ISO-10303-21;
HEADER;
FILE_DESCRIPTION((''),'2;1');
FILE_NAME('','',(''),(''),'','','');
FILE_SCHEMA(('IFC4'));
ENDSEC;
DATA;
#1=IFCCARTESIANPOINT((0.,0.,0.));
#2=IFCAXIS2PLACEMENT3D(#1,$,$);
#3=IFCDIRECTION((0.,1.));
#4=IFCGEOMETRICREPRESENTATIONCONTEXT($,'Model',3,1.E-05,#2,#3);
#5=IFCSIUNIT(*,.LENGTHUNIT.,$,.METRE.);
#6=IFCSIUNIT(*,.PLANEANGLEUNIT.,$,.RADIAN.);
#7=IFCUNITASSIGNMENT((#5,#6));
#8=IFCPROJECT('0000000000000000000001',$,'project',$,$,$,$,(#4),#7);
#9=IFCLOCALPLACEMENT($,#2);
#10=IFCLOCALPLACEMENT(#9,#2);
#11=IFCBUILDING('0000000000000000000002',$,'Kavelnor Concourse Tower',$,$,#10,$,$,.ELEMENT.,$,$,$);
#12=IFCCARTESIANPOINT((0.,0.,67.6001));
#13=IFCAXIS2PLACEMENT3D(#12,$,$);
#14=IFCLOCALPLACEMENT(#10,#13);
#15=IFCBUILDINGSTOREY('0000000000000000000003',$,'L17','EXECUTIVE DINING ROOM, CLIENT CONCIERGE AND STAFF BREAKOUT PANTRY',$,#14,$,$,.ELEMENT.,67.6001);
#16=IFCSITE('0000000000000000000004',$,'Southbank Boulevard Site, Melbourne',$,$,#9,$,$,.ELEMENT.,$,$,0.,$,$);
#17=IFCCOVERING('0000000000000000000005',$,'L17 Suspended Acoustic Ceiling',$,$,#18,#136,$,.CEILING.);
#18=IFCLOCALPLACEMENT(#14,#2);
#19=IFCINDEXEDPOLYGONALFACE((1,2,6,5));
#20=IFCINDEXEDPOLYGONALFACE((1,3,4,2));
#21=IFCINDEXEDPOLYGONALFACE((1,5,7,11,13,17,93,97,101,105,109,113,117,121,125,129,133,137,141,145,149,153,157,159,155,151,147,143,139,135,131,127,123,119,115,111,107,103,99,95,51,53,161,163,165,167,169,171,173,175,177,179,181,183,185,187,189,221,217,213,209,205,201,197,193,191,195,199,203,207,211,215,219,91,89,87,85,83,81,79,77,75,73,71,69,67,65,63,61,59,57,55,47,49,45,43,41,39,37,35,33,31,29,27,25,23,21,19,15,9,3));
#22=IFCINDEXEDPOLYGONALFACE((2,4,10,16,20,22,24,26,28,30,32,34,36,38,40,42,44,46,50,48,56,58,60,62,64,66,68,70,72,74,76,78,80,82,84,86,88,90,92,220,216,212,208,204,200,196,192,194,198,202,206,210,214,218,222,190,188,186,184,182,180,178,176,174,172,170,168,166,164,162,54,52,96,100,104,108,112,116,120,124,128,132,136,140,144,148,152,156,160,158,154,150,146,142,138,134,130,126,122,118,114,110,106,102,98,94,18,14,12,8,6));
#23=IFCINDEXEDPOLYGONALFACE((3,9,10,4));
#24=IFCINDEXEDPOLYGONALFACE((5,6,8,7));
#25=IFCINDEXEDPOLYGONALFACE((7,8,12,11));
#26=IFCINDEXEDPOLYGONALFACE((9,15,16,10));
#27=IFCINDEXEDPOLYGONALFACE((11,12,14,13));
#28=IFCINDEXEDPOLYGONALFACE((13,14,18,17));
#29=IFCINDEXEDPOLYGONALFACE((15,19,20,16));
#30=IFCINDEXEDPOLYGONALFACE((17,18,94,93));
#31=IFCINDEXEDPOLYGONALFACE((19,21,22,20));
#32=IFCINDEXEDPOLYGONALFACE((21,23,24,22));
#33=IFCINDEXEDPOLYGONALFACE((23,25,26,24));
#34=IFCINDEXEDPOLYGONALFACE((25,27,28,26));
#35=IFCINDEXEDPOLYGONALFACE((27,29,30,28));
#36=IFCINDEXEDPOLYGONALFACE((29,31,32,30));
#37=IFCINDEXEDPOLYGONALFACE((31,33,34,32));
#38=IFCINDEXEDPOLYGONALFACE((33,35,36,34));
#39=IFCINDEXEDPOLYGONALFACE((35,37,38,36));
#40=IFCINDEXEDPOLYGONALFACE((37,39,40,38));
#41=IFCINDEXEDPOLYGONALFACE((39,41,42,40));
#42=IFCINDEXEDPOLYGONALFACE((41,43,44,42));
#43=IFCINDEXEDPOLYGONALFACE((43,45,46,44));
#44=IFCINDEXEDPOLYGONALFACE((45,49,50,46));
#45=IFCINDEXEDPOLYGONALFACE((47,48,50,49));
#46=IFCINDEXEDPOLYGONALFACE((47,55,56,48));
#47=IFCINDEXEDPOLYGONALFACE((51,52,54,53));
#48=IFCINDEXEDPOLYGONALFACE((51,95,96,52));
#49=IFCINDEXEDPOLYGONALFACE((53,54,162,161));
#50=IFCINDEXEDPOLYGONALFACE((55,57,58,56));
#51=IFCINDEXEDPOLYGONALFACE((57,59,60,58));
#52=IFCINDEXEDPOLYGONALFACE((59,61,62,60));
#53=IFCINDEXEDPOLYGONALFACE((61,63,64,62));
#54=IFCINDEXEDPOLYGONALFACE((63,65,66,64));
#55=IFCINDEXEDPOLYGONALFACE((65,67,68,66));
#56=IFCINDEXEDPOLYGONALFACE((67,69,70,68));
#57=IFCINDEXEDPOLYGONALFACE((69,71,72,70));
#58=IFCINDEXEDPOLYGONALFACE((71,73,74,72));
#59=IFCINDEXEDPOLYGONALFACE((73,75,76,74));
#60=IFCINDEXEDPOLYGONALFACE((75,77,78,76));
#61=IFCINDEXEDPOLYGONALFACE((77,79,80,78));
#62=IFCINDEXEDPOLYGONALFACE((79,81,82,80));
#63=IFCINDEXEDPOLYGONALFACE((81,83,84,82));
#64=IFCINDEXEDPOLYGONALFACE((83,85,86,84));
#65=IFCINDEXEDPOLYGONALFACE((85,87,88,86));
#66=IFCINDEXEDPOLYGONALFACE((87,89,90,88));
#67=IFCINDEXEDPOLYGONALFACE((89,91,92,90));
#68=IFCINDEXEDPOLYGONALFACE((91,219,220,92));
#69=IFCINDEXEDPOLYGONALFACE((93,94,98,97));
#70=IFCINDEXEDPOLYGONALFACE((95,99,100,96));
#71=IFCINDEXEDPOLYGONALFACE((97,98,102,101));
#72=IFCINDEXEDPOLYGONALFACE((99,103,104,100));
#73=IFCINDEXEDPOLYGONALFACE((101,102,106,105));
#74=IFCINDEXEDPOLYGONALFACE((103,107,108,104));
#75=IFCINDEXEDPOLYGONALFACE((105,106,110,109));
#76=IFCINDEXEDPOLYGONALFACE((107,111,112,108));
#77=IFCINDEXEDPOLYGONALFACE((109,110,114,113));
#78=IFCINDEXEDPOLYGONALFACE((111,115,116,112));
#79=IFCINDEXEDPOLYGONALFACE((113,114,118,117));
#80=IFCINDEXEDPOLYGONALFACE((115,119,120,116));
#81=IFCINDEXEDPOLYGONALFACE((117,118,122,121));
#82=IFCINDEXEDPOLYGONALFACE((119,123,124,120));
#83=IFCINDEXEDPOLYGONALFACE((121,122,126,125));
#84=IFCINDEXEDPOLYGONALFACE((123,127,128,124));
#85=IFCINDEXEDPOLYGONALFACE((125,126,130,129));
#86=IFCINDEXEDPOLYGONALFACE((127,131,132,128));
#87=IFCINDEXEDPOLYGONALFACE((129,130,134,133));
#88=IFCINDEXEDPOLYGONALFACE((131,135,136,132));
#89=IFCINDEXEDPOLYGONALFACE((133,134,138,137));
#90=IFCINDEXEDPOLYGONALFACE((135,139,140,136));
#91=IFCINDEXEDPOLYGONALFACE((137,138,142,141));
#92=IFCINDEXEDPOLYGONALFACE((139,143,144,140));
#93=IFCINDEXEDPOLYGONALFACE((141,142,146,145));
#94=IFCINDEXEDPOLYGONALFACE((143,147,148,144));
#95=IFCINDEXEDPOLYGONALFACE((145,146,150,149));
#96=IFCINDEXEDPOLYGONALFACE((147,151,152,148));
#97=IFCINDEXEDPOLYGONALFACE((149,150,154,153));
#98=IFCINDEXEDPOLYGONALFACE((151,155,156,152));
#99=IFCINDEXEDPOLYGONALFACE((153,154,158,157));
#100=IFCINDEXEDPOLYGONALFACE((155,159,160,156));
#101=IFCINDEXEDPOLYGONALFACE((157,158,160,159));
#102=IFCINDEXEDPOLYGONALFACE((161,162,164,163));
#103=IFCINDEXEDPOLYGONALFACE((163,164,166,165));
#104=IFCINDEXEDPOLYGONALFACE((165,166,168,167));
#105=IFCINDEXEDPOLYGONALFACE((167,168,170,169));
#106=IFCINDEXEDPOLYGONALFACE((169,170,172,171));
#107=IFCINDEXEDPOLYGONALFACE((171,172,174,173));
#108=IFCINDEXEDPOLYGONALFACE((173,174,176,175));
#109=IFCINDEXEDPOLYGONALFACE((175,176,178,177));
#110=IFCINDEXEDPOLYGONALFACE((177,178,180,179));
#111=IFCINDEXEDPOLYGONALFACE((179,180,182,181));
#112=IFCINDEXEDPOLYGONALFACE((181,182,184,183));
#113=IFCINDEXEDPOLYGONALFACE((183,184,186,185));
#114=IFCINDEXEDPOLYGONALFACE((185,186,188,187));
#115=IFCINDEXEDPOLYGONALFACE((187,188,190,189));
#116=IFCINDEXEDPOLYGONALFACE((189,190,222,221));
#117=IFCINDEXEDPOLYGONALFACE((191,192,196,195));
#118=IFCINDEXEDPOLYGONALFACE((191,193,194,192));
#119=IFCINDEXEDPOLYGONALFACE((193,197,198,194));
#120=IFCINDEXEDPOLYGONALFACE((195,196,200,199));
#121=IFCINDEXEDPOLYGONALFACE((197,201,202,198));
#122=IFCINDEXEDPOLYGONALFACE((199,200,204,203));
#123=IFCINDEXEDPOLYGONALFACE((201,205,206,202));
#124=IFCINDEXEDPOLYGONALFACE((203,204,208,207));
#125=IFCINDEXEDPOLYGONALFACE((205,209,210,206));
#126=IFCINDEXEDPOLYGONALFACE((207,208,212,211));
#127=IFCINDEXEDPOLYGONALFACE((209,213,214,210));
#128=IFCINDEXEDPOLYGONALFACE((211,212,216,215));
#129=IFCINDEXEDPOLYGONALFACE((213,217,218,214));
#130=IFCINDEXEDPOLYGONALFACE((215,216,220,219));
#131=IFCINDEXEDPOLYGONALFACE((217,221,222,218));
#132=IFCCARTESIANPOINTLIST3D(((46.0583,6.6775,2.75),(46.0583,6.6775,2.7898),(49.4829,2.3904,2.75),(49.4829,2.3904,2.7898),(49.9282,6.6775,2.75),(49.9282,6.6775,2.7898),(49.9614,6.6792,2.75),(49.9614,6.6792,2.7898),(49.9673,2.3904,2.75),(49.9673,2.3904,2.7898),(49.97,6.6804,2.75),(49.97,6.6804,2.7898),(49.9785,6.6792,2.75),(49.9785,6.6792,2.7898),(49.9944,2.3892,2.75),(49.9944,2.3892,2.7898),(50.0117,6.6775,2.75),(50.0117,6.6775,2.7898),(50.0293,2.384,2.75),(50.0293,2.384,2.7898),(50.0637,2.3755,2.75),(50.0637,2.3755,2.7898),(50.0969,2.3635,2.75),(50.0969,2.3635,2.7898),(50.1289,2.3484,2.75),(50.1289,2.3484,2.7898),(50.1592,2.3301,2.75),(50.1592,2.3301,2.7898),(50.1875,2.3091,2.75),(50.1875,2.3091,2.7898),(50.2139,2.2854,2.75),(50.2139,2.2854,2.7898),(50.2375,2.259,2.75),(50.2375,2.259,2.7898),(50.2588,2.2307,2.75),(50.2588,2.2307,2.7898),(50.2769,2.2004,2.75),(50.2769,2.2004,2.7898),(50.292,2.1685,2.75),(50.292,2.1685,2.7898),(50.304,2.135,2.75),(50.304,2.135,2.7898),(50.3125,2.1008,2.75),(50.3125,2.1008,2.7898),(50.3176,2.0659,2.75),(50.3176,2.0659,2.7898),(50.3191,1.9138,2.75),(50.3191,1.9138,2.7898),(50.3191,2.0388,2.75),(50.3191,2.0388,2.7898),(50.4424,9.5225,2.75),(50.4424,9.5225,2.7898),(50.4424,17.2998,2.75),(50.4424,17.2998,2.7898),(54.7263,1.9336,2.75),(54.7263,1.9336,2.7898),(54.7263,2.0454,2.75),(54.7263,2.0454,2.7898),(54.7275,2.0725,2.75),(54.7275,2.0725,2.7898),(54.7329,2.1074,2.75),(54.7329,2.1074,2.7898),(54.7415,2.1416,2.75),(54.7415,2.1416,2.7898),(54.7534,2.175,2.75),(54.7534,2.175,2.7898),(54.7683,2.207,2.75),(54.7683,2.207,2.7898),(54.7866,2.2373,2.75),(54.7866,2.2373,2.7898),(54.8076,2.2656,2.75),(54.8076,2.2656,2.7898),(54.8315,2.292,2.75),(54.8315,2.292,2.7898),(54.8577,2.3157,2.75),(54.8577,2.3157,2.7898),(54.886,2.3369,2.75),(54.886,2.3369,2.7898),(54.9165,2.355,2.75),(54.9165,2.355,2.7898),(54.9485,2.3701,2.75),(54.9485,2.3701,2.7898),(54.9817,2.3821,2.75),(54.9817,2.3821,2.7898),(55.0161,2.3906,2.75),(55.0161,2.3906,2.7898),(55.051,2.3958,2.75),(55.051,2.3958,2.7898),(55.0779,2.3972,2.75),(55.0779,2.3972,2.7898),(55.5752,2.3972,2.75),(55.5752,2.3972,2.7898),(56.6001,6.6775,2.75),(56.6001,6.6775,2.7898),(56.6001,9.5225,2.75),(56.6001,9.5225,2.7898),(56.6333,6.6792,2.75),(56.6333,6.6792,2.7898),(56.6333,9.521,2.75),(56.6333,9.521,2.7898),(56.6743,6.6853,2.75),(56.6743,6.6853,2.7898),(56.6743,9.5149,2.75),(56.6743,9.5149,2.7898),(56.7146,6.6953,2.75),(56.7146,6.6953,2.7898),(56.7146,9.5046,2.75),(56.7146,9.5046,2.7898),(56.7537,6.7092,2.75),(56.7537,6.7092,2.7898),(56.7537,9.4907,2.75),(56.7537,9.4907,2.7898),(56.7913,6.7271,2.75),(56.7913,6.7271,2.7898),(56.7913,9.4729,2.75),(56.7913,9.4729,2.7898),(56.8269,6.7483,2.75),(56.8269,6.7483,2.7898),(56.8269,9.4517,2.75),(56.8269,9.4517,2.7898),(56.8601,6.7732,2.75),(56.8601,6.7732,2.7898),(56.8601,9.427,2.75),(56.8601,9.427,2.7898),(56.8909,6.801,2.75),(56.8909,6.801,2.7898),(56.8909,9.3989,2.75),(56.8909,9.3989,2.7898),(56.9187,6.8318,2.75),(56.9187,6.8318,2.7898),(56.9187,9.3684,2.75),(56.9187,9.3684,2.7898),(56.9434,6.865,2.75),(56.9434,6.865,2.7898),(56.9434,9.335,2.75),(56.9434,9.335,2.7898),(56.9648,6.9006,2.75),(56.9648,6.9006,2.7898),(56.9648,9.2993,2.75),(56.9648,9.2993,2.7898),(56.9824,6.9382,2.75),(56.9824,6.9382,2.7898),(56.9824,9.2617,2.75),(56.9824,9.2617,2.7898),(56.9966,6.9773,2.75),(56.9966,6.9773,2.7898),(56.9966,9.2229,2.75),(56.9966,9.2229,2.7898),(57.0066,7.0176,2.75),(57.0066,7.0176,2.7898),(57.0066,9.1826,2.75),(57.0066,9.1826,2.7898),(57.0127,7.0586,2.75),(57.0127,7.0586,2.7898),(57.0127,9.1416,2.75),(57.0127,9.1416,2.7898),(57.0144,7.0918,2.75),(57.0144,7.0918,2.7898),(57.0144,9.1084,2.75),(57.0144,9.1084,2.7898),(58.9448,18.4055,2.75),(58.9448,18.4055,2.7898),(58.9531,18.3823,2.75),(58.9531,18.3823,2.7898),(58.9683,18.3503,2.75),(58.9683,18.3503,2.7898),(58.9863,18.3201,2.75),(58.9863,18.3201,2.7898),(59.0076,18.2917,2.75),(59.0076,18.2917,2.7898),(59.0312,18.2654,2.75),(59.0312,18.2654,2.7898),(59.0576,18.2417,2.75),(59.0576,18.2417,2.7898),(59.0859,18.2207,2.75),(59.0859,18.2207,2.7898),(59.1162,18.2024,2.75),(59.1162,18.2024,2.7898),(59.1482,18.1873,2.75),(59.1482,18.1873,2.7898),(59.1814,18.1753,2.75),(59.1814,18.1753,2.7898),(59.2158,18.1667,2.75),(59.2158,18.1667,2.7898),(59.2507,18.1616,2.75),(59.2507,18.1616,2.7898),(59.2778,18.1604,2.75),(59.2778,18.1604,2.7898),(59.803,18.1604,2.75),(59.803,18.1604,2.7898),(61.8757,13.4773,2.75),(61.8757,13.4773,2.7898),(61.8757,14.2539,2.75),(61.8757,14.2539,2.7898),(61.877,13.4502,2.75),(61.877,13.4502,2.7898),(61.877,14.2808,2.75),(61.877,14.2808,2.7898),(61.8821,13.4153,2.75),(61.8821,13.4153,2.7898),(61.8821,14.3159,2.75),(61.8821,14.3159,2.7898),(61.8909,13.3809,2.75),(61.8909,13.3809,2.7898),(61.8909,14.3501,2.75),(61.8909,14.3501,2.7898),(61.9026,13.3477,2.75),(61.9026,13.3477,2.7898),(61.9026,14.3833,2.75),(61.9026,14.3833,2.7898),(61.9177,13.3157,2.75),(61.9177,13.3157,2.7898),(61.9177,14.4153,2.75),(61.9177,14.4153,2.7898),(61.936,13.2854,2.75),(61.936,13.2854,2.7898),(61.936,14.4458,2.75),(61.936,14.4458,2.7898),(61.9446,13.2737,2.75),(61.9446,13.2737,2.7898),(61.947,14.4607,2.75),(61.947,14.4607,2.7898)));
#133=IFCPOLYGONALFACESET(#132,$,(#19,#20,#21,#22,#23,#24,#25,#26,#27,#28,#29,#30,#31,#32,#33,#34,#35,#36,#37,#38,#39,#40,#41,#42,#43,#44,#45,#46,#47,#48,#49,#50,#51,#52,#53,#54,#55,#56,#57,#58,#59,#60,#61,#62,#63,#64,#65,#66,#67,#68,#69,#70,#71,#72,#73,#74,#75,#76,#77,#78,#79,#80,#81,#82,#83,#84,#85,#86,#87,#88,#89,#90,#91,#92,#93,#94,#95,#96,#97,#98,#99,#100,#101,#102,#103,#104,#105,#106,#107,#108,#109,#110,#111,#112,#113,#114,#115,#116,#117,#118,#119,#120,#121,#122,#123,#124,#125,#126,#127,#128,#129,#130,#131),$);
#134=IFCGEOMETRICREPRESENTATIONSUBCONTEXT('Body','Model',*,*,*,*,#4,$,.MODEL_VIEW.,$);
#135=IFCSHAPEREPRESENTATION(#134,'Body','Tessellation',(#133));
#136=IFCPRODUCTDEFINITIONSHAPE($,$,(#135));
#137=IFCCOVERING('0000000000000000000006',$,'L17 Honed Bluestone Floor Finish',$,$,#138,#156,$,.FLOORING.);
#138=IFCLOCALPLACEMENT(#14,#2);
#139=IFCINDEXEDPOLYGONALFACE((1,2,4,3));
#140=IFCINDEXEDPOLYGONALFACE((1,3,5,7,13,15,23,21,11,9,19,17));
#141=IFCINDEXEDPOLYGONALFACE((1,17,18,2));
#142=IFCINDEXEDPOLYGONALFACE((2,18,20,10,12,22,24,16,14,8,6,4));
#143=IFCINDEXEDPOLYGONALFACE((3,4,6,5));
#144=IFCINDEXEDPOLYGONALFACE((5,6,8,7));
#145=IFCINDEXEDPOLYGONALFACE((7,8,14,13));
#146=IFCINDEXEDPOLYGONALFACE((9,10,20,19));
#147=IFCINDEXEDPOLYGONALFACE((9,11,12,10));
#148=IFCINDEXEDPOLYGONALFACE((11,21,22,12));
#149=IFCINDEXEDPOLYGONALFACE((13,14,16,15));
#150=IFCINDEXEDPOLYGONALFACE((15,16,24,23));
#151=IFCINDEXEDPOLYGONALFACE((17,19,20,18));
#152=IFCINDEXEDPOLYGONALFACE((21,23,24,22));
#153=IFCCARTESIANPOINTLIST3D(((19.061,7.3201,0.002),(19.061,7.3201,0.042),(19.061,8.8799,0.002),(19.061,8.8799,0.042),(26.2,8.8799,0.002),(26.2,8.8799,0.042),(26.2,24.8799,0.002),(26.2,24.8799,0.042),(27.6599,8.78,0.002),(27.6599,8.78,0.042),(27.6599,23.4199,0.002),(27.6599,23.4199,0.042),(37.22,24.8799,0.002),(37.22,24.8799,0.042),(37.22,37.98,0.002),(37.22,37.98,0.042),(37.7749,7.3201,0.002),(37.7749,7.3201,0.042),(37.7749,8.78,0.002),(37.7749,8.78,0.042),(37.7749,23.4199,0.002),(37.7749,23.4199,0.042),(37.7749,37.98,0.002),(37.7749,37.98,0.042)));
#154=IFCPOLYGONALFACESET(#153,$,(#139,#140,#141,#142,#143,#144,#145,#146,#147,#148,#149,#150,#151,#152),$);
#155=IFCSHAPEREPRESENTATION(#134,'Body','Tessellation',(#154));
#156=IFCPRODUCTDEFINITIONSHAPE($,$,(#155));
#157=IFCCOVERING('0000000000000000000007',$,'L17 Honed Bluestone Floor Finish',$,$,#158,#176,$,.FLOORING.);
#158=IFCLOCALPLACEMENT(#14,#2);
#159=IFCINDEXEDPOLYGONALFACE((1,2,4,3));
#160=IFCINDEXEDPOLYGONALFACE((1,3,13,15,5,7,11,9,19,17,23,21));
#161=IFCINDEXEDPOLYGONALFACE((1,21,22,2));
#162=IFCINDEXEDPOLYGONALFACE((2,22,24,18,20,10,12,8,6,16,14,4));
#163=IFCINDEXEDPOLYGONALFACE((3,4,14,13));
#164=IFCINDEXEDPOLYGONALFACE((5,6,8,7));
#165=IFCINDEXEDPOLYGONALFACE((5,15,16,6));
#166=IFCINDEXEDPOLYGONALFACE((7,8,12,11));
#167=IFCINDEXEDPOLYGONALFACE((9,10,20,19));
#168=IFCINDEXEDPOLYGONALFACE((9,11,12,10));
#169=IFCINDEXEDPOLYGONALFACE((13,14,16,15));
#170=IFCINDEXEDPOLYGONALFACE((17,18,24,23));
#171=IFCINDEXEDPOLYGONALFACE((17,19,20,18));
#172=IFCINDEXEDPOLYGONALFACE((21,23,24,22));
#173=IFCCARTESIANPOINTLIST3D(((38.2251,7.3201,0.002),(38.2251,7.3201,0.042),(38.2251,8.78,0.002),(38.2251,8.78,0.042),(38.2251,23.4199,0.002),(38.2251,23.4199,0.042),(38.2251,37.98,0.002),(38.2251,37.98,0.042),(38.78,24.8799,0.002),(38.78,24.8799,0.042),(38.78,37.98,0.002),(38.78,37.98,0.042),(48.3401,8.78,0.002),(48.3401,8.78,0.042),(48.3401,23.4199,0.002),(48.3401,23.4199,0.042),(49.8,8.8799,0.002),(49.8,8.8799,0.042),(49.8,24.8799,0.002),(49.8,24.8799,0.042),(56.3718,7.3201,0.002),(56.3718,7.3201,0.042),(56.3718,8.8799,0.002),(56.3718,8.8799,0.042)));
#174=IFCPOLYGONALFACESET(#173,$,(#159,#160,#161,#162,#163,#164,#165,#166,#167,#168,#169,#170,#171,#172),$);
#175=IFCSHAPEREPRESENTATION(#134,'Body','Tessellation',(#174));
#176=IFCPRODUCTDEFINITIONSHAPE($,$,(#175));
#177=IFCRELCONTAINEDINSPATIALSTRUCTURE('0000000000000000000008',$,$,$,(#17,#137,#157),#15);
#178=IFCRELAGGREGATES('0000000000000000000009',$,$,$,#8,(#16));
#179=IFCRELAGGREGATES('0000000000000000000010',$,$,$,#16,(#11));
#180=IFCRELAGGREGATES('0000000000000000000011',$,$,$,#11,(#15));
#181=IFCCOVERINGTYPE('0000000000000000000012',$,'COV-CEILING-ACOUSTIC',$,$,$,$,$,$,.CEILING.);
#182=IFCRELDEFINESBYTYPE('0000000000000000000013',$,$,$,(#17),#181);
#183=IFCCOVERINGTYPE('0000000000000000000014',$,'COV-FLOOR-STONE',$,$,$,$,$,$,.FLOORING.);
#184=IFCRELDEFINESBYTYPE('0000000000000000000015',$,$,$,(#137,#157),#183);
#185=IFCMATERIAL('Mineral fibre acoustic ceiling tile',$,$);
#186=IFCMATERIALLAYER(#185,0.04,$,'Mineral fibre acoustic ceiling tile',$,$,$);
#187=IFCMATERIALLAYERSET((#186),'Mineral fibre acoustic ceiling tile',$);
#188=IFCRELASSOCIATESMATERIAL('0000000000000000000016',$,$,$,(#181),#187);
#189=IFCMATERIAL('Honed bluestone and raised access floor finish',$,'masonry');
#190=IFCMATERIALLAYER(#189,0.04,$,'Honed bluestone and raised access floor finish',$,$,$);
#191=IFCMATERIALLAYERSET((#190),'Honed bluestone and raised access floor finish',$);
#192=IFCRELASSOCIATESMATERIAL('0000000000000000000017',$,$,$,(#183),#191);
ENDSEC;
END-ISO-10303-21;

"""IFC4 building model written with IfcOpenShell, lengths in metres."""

from ifc_helpers import new_model, si_unit, direction, frame, origin, place, context, subcontext, project, spatial, polyline, outline, extrude, material, layer, layer_set, type_object, element, save


model = new_model("IFC4")

# Units and contexts
model_context = context("Model", 3, precision=1e-05, world=origin(), true_north=direction((0.0, 1.0)))
body_context = subcontext(model_context, "Body", "Model", "MODEL_VIEW")
ifc_project = project(units=[si_unit("LENGTHUNIT", "METRE"), si_unit("PLANEANGLEUNIT", "RADIAN")], contexts=[model_context])

# Site, building, storey
site_placement = place(None, origin())
site = spatial("IfcSite", under=ifc_project, at=site_placement, Name="Southbank Boulevard Site, Melbourne", CompositionType="ELEMENT", RefElevation=0.0)
building_placement = place(site_placement, origin())
building = spatial("IfcBuilding", under=site, at=building_placement, Name="Kavelnor Concourse Tower", CompositionType="ELEMENT")
storey_placement = place(building_placement, frame((0.0, 0.0, 67.6001)))
storey = spatial("IfcBuildingStorey", under=building, at=storey_placement, Name="L17", Description="EXECUTIVE DINING ROOM, CLIENT CONCIERGE AND STAFF BREAKOUT PANTRY", CompositionType="ELEMENT", Elevation=67.6001)

# Coverings
ifc_material_1 = material(Name="Mineral fibre acoustic ceiling tile")
ifc_layer_1 = layer(ifc_material_1, 0.04, Name="Mineral fibre acoustic ceiling tile")
ifc_layer_set_1 = layer_set([ifc_layer_1], Name="Mineral fibre acoustic ceiling tile")
covering_type_1 = type_object("IfcCoveringType", Name="COV-CEILING-ACOUSTIC", PredefinedType="CEILING", material=ifc_layer_set_1)
covering_1_placement = place(storey_placement, frame((0.0, 0.0, 2.75)))
element("IfcCovering", 1, at=covering_1_placement, inside=storey, type_object=covering_type_1, Name="L17 Suspended Acoustic Ceiling", PredefinedType="CEILING", context=body_context, shape_type="SweptSolid", body=[
    extrude(outline(polyline([(49.9785, 6.6792), (50.0117, 6.6775), (56.6001, 6.6775), (56.6333, 6.6792), (56.6743, 6.6853), (56.7146, 6.6953), (56.7537, 6.7092), (56.7913, 6.7271), (56.8269, 6.7483), (56.8601, 6.7732), (56.8909, 6.801), (56.9187, 6.8318), (56.9434, 6.865), (56.9648, 6.9006), (56.9824, 6.9382), (56.9966, 6.9773), (57.0066, 7.0176), (57.0127, 7.0586), (57.0144, 7.0918), (57.0144, 9.1084), (57.0127, 9.1416), (57.0066, 9.1826), (56.9966, 9.2229), (56.9824, 9.2617), (56.9648, 9.2993), (56.9434, 9.335), (56.9187, 9.3684), (56.8909, 9.3989), (56.8601, 9.427), (56.8269, 9.4517), (56.7913, 9.4729), (56.7537, 9.4907), (56.7146, 9.5046), (56.6743, 9.5149), (56.6333, 9.521), (56.6001, 9.5225), (50.4424, 9.5225), (50.4424, 17.2998), (58.9448, 18.4055), (58.9531, 18.3823), (58.9683, 18.3503), (58.9863, 18.3201), (59.0076, 18.2917), (59.0312, 18.2654), (59.0576, 18.2417), (59.0859, 18.2207), (59.1162, 18.2024), (59.1482, 18.1873), (59.1814, 18.1753), (59.2158, 18.1667), (59.2507, 18.1616), (59.2778, 18.1604), (59.803, 18.1604), (61.947, 14.4607), (61.936, 14.4458), (61.9177, 14.4153), (61.9026, 14.3833), (61.8909, 14.3501), (61.8821, 14.3159), (61.877, 14.2808), (61.8757, 14.2539), (61.8757, 13.4773), (61.877, 13.4502), (61.8821, 13.4153), (61.8909, 13.3809), (61.9026, 13.3477), (61.9177, 13.3157), (61.936, 13.2854), (61.9446, 13.2737), (55.5752, 2.3972), (55.0779, 2.3972), (55.051, 2.3958), (55.0161, 2.3906), (54.9817, 2.3821), (54.9485, 2.3701), (54.9165, 2.355), (54.886, 2.3369), (54.8577, 2.3157), (54.8315, 2.292), (54.8076, 2.2656), (54.7866, 2.2373), (54.7683, 2.207), (54.7534, 2.175), (54.7415, 2.1416), (54.7329, 2.1074), (54.7275, 2.0725), (54.7263, 2.0454), (54.7263, 1.9336), (50.3191, 1.9138), (50.3191, 2.0388), (50.3176, 2.0659), (50.3125, 2.1008), (50.304, 2.135), (50.292, 2.1685), (50.2769, 2.2004), (50.2588, 2.2307), (50.2375, 2.259), (50.2139, 2.2854), (50.1875, 2.3091), (50.1592, 2.3301), (50.1289, 2.3484), (50.0969, 2.3635), (50.0637, 2.3755), (50.0293, 2.384), (49.9944, 2.3892), (49.9673, 2.3904), (49.4829, 2.3904), (46.0583, 6.6775), (49.9282, 6.6775), (49.9614, 6.6792), (49.97, 6.6804), (49.9785, 6.6792)])), origin(), (0.0, 0.0, 1.0), 0.0398),
])
ifc_material_2 = material(Name="Honed bluestone and raised access floor finish", Category="masonry")
ifc_layer_2 = layer(ifc_material_2, 0.04, Name="Honed bluestone and raised access floor finish")
ifc_layer_set_2 = layer_set([ifc_layer_2], Name="Honed bluestone and raised access floor finish")
covering_type_2 = type_object("IfcCoveringType", Name="COV-FLOOR-STONE", PredefinedType="FLOORING", material=ifc_layer_set_2)
covering_2_placement = place(storey_placement, frame((0.0, 0.0, 0.002)))
element("IfcCovering", 2, at=covering_2_placement, inside=storey, type_object=covering_type_2, Name="L17 Honed Bluestone Floor Finish", PredefinedType="FLOORING", context=body_context, shape_type="SweptSolid", body=[
    extrude(outline(polyline([(37.22, 37.98), (37.7749, 37.98), (37.7749, 23.4199), (27.6599, 23.4199), (27.6599, 8.78), (37.7749, 8.78), (37.7749, 7.3201), (19.061, 7.3201), (19.061, 8.8799), (26.2, 8.8799), (26.2, 24.8799), (37.22, 24.8799), (37.22, 37.98)])), origin(), (0.0, 0.0, 1.0), 0.04),
])
covering_3_placement = place(storey_placement, frame((0.0, 0.0, 0.002)))
element("IfcCovering", 3, at=covering_3_placement, inside=storey, type_object=covering_type_2, Name="L17 Honed Bluestone Floor Finish", PredefinedType="FLOORING", context=body_context, shape_type="SweptSolid", body=[
    extrude(outline(polyline([(38.78, 37.98), (38.78, 24.8799), (49.8, 24.8799), (49.8, 8.8799), (56.3718, 8.8799), (56.3718, 7.3201), (38.2251, 7.3201), (38.2251, 8.78), (48.3401, 8.78), (48.3401, 23.4199), (38.2251, 23.4199), (38.2251, 37.98), (38.78, 37.98)])), origin(), (0.0, 0.0, 1.0), 0.04),
])

save(model, "model.ifc")
